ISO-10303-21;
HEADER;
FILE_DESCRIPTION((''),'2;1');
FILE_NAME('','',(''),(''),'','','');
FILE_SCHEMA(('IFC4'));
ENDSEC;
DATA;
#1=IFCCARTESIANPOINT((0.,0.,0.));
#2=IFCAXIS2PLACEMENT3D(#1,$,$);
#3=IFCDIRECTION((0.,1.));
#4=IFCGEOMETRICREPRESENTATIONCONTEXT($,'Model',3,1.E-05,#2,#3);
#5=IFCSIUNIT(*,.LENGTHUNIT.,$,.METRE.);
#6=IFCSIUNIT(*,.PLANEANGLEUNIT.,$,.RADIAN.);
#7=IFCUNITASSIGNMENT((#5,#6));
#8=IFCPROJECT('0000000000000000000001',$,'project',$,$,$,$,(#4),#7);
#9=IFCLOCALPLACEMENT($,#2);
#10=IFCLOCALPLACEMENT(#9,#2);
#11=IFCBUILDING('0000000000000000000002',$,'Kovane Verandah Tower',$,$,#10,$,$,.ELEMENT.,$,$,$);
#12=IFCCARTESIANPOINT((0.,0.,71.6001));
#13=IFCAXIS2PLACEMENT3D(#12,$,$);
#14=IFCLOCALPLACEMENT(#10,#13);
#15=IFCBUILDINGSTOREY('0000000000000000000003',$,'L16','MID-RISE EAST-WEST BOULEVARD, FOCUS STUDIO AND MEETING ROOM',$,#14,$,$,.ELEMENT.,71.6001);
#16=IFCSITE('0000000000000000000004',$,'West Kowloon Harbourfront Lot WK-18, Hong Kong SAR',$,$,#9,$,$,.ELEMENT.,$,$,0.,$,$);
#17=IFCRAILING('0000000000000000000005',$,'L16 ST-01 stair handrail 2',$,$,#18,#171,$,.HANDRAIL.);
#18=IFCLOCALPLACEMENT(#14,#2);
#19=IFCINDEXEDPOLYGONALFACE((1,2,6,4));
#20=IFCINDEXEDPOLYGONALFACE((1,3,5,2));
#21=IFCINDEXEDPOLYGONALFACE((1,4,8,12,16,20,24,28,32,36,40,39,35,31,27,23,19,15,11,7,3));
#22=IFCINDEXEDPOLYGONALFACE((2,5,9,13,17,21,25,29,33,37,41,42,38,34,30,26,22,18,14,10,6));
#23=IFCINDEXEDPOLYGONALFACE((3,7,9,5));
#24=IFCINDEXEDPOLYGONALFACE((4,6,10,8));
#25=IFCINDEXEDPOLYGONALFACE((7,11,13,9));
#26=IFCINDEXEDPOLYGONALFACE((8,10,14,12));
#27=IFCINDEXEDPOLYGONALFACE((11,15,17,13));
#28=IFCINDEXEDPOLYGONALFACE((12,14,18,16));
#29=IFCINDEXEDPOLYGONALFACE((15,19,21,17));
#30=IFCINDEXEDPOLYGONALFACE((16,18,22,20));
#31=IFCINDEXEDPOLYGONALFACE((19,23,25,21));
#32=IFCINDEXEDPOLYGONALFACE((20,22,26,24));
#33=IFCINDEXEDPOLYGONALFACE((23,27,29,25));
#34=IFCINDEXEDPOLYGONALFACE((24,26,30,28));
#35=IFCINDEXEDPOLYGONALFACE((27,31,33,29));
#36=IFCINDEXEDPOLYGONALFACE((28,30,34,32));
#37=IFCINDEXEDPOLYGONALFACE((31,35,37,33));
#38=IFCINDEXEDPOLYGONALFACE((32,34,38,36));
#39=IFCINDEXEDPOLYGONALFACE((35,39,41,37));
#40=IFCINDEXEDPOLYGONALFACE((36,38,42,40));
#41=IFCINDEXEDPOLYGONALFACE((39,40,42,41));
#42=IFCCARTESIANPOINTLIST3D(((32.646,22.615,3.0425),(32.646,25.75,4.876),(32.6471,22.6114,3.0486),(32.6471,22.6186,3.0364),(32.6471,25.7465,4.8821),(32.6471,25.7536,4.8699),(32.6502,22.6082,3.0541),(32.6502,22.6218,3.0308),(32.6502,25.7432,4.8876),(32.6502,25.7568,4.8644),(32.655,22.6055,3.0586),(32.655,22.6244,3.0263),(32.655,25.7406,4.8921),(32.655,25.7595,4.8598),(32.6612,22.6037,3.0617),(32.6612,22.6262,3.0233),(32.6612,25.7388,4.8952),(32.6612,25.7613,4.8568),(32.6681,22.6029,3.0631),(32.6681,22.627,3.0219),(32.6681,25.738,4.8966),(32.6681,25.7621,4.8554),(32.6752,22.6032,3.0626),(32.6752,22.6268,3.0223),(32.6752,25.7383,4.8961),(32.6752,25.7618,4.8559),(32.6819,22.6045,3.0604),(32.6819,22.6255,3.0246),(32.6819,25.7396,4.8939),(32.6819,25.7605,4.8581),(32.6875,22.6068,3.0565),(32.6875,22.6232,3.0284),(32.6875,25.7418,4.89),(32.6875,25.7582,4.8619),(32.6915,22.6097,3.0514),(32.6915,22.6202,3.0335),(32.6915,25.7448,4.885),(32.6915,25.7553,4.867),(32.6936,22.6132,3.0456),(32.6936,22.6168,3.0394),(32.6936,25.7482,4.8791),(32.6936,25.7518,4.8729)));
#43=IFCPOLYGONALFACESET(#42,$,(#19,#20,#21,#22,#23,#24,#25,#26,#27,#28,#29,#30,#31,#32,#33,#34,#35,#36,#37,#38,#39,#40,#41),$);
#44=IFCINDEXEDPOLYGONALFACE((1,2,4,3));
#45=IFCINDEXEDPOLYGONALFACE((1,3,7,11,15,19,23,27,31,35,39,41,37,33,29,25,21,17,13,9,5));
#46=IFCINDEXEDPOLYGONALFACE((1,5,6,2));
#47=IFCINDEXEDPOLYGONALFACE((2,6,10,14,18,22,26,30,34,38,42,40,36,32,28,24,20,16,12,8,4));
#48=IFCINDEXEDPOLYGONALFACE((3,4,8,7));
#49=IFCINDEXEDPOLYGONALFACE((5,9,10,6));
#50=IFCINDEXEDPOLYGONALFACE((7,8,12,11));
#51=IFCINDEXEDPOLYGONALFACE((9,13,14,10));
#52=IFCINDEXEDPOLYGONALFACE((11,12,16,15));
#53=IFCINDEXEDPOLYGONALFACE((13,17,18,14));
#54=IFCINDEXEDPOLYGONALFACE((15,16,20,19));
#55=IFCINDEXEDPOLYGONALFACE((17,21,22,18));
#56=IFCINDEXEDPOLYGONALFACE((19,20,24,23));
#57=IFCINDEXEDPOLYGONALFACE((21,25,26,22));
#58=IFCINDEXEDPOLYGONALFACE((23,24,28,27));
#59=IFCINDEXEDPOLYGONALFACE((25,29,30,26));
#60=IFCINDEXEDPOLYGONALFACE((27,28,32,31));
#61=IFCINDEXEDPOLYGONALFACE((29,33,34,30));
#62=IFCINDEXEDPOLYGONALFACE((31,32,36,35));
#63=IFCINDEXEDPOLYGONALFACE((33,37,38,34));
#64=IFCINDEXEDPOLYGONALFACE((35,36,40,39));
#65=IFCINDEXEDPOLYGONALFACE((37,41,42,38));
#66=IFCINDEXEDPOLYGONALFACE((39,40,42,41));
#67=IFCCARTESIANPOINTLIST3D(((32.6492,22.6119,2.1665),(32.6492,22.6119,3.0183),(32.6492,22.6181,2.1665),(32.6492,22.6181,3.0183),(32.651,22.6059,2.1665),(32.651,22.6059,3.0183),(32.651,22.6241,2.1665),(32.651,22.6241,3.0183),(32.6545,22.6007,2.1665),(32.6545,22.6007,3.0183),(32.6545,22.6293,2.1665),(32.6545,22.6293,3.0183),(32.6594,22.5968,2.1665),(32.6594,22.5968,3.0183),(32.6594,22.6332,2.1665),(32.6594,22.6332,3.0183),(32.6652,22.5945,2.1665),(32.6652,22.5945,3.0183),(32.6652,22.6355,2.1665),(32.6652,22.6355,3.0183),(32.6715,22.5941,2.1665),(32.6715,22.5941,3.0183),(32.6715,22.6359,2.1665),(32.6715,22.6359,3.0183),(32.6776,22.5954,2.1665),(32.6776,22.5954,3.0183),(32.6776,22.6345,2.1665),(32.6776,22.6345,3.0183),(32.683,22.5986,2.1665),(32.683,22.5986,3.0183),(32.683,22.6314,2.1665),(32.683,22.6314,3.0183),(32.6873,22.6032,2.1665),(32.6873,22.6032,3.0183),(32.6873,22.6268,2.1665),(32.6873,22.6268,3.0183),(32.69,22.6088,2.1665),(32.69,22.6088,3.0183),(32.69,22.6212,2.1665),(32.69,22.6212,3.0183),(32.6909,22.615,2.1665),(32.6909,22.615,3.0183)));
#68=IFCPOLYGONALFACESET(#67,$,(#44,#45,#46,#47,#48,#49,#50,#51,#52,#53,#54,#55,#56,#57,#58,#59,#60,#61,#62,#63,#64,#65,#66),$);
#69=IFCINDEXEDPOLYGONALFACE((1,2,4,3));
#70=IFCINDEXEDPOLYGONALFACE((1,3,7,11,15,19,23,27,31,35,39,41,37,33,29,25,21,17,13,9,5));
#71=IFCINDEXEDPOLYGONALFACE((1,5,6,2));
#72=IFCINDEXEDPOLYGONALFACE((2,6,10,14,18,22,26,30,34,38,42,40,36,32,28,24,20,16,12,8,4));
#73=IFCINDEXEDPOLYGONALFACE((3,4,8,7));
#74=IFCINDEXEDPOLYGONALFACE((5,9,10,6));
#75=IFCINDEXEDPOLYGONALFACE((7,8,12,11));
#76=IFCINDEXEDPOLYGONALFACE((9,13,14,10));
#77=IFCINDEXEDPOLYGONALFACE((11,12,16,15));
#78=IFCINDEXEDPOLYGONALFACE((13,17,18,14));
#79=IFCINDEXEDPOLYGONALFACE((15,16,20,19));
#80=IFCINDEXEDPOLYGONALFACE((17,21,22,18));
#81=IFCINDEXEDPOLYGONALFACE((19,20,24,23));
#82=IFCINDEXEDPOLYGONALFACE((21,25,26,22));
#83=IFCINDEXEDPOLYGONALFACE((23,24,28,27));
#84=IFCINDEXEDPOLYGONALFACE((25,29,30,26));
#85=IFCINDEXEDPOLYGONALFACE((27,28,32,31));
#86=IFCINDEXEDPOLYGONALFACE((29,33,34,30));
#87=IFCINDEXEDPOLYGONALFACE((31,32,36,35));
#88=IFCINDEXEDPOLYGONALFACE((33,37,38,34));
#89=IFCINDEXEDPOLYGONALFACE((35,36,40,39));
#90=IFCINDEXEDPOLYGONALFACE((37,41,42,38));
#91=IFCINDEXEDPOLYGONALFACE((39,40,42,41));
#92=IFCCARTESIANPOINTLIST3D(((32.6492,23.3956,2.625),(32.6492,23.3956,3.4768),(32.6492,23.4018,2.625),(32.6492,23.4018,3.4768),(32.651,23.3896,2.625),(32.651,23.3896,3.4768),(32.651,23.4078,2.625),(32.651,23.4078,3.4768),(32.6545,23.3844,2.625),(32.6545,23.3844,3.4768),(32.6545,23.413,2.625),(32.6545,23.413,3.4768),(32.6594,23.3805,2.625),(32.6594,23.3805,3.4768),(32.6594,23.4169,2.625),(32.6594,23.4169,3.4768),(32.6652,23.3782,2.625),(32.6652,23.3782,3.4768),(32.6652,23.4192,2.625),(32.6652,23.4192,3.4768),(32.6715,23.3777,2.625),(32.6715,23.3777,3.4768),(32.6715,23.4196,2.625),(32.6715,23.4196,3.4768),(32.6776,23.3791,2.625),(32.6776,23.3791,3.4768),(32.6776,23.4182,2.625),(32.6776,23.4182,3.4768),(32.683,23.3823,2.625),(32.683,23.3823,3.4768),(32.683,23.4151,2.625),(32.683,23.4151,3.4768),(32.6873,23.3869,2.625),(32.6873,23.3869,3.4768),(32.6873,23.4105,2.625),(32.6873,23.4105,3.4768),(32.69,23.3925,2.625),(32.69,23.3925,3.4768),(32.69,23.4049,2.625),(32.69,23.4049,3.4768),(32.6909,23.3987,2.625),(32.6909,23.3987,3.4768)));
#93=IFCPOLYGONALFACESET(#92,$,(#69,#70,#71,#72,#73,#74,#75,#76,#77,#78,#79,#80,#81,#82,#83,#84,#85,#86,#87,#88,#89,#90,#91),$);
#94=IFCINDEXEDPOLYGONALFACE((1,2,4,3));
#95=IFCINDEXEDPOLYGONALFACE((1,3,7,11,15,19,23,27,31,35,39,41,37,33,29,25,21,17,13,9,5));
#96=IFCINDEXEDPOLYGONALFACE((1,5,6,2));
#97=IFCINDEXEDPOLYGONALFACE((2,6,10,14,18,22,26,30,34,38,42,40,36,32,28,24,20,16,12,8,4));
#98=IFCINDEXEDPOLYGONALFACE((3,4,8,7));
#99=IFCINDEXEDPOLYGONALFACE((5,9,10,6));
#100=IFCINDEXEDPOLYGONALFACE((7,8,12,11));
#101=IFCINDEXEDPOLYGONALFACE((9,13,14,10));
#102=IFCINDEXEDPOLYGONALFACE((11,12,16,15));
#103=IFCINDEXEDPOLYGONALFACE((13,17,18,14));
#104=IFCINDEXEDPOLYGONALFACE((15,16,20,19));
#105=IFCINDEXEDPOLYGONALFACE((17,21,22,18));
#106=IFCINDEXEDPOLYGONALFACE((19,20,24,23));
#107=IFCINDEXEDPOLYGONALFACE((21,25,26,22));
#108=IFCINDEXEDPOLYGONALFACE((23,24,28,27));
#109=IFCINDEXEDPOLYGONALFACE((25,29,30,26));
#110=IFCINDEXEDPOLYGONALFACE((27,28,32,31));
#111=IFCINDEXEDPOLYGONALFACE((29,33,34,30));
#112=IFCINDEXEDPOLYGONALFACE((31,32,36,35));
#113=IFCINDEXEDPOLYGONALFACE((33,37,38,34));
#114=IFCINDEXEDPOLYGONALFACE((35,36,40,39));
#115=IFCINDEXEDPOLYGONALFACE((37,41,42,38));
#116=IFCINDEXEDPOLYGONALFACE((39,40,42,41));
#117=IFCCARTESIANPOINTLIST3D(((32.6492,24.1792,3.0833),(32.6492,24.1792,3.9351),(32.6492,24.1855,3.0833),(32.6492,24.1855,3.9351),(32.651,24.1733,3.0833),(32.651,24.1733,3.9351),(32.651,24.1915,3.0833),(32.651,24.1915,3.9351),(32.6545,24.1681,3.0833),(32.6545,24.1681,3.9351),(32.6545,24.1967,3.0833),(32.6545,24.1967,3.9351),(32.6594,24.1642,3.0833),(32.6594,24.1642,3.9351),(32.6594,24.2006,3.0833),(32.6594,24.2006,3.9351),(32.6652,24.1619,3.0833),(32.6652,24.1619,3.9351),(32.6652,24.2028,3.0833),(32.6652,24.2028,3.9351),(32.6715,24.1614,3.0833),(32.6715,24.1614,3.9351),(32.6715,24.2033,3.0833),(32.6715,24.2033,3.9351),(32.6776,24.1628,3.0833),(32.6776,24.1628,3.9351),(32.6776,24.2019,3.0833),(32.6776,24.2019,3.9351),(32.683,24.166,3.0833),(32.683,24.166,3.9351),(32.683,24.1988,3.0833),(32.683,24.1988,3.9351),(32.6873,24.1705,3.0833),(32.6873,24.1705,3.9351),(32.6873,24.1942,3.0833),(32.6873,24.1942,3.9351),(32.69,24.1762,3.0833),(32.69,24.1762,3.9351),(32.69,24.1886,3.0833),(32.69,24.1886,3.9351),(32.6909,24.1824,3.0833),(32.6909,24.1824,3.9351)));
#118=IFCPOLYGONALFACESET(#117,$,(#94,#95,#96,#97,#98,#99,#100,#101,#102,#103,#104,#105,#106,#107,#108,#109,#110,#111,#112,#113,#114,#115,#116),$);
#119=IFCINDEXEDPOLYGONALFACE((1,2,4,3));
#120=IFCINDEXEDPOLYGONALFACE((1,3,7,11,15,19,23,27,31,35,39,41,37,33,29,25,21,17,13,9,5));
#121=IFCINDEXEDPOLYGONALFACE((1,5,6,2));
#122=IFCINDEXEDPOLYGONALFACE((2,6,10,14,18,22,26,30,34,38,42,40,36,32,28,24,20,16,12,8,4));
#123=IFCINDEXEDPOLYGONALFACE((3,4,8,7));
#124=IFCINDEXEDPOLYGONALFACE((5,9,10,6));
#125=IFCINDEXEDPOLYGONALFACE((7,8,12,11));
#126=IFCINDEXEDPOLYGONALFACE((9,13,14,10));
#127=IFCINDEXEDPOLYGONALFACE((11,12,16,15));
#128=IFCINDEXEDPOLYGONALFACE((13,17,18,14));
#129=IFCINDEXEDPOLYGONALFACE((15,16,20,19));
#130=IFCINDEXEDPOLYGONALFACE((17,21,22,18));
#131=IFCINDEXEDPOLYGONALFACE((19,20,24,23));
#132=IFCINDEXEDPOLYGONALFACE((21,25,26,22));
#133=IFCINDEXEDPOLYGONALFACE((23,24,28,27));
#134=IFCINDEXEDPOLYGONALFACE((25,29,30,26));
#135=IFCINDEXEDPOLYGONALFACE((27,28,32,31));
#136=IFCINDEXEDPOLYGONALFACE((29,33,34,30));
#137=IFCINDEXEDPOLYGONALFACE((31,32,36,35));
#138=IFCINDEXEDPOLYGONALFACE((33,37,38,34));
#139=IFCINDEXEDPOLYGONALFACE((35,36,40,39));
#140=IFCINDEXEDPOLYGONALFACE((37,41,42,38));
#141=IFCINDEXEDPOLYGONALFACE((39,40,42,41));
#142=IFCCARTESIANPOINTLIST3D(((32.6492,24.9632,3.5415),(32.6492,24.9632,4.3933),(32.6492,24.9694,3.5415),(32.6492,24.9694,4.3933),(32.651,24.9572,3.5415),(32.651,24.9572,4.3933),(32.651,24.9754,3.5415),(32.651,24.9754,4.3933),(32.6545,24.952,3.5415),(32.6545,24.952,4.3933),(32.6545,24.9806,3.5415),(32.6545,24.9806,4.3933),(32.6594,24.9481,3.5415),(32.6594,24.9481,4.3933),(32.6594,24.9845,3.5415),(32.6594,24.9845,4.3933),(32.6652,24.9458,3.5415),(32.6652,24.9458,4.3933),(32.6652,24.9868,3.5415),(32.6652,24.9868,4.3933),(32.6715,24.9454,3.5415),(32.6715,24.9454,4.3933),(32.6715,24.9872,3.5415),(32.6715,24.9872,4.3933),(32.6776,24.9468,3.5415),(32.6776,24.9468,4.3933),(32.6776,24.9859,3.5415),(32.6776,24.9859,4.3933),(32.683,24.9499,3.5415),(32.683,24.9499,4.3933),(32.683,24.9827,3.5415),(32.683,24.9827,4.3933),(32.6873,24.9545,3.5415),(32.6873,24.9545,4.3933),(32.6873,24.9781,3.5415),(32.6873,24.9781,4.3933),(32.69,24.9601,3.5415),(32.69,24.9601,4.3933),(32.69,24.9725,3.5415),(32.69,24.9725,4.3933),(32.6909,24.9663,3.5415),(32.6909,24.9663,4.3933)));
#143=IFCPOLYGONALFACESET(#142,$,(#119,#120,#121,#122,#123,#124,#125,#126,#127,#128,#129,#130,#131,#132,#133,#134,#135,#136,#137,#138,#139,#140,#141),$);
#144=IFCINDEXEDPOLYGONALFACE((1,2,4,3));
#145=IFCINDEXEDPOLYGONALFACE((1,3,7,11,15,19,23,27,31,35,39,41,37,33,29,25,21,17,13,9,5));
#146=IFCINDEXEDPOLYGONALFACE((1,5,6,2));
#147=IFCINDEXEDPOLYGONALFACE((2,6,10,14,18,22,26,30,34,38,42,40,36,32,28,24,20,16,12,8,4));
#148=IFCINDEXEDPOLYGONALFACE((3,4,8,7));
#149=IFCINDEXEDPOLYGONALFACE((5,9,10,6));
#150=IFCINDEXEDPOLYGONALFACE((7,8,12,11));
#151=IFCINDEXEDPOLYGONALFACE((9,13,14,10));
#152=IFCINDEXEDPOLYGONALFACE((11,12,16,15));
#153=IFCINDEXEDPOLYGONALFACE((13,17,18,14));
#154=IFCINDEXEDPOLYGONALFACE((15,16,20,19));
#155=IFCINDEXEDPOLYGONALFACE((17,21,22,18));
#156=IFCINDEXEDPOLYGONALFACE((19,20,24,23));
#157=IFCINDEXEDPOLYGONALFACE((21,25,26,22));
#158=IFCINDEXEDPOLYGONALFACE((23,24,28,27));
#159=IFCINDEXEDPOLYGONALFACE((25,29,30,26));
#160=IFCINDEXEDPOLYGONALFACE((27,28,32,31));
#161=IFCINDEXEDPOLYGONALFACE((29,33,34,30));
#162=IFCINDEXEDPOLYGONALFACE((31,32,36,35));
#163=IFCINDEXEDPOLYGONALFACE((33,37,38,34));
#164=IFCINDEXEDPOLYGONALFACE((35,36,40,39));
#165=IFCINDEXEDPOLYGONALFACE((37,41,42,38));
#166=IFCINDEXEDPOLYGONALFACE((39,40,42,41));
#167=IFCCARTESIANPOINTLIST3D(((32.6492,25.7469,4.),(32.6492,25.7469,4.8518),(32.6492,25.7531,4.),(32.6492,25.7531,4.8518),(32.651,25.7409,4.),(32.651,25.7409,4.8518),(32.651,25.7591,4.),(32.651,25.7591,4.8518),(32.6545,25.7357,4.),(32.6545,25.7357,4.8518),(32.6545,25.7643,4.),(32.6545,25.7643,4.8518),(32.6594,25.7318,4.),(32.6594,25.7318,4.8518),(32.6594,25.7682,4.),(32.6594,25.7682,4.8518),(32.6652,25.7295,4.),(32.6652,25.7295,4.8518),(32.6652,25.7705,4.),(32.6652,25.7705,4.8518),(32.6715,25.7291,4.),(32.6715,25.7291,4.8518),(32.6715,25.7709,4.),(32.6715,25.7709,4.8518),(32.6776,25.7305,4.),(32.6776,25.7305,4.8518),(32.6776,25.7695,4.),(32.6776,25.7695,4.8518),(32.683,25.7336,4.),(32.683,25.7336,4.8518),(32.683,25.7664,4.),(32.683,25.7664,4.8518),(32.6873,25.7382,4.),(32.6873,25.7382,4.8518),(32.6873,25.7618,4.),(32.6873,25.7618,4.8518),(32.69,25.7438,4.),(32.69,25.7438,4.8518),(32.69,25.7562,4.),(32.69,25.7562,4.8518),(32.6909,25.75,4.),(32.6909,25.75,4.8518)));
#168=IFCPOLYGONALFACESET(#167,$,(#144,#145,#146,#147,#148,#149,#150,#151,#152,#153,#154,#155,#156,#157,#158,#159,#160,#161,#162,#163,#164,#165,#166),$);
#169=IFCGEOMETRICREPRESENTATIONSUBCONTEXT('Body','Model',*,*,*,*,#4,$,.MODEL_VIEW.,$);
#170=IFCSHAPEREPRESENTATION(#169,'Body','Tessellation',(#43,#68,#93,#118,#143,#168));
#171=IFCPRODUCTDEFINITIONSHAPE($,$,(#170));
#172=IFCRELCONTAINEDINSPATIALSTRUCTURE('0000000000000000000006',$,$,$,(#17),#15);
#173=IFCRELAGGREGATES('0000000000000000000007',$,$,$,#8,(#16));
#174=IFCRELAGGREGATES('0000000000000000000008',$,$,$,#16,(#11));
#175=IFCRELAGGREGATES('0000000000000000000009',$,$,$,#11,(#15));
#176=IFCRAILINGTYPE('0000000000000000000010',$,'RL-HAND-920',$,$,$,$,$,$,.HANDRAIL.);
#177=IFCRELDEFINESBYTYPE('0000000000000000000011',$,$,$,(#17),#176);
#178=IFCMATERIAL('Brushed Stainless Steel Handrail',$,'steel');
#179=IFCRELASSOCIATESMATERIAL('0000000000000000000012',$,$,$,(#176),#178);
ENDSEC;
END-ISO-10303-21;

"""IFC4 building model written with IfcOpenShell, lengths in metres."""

from ifc_helpers import new_model, si_unit, direction, frame, origin, origin_2d, place, context, subcontext, project, spatial, circle, extrude, material, type_object, element, save


model = new_model("IFC4")

# Units and contexts
model_context = context("Model", 3, precision=1e-05, world=origin(), true_north=direction((0.0, 1.0)))
body_context = subcontext(model_context, "Body", "Model", "MODEL_VIEW")
ifc_project = project(units=[si_unit("LENGTHUNIT", "METRE"), si_unit("PLANEANGLEUNIT", "RADIAN")], contexts=[model_context])

# Site, building, storey
site_placement = place(None, origin())
site = spatial("IfcSite", under=ifc_project, at=site_placement, Name="West Kowloon Harbourfront Lot WK-18, Hong Kong SAR", CompositionType="ELEMENT", RefElevation=0.0)
building_placement = place(site_placement, origin())
building = spatial("IfcBuilding", under=site, at=building_placement, Name="Kovane Verandah Tower", CompositionType="ELEMENT")
storey_placement = place(building_placement, frame((0.0, 0.0, 71.6001)))
storey = spatial("IfcBuildingStorey", under=building, at=storey_placement, Name="L16", Description="MID-RISE EAST-WEST BOULEVARD, FOCUS STUDIO AND MEETING ROOM", CompositionType="ELEMENT", Elevation=71.6001)

# Railing
ifc_material_1 = material(Name="Brushed Stainless Steel Handrail", Category="steel")
railing_type_1 = type_object("IfcRailingType", Name="RL-HAND-920", PredefinedType="HANDRAIL", material=ifc_material_1)
railing_1_placement = place(storey_placement, frame((32.6699, 22.615, 2.1665)))
element("IfcRailing", 1, at=railing_1_placement, inside=storey, type_object=railing_type_1, Name="L16 ST-01 stair handrail 2", PredefinedType="HANDRAIL", context=body_context, shape_type="SweptSolid", body=[
    extrude(circle(Radius=0.0239, at=origin_2d()), frame((0.0, 0.0, 0.876), z_axis=(0.0, 0.86321, 0.504845), x_axis=(-1.0, 0.0, 0.0)), (0.0, 0.0, 1.0), 3.6318),
    extrude(circle(Radius=0.021, at=origin_2d()), origin(), (0.0, 0.0, 1.0), 0.8518),
    extrude(circle(Radius=0.021, at=origin_2d()), frame((0.0, 0.7837, 0.4585)), (0.0, 0.0, 1.0), 0.8518),
    extrude(circle(Radius=0.021, at=origin_2d()), frame((0.0, 1.5674, 0.9167)), (0.0, 0.0, 1.0), 0.8518),
    extrude(circle(Radius=0.021, at=origin_2d()), frame((0.0, 2.3513, 1.375)), (0.0, 0.0, 1.0), 0.8518),
    extrude(circle(Radius=0.021, at=origin_2d()), frame((0.0, 3.135, 1.8335)), (0.0, 0.0, 1.0), 0.8518),
])

save(model, "model.ifc")
